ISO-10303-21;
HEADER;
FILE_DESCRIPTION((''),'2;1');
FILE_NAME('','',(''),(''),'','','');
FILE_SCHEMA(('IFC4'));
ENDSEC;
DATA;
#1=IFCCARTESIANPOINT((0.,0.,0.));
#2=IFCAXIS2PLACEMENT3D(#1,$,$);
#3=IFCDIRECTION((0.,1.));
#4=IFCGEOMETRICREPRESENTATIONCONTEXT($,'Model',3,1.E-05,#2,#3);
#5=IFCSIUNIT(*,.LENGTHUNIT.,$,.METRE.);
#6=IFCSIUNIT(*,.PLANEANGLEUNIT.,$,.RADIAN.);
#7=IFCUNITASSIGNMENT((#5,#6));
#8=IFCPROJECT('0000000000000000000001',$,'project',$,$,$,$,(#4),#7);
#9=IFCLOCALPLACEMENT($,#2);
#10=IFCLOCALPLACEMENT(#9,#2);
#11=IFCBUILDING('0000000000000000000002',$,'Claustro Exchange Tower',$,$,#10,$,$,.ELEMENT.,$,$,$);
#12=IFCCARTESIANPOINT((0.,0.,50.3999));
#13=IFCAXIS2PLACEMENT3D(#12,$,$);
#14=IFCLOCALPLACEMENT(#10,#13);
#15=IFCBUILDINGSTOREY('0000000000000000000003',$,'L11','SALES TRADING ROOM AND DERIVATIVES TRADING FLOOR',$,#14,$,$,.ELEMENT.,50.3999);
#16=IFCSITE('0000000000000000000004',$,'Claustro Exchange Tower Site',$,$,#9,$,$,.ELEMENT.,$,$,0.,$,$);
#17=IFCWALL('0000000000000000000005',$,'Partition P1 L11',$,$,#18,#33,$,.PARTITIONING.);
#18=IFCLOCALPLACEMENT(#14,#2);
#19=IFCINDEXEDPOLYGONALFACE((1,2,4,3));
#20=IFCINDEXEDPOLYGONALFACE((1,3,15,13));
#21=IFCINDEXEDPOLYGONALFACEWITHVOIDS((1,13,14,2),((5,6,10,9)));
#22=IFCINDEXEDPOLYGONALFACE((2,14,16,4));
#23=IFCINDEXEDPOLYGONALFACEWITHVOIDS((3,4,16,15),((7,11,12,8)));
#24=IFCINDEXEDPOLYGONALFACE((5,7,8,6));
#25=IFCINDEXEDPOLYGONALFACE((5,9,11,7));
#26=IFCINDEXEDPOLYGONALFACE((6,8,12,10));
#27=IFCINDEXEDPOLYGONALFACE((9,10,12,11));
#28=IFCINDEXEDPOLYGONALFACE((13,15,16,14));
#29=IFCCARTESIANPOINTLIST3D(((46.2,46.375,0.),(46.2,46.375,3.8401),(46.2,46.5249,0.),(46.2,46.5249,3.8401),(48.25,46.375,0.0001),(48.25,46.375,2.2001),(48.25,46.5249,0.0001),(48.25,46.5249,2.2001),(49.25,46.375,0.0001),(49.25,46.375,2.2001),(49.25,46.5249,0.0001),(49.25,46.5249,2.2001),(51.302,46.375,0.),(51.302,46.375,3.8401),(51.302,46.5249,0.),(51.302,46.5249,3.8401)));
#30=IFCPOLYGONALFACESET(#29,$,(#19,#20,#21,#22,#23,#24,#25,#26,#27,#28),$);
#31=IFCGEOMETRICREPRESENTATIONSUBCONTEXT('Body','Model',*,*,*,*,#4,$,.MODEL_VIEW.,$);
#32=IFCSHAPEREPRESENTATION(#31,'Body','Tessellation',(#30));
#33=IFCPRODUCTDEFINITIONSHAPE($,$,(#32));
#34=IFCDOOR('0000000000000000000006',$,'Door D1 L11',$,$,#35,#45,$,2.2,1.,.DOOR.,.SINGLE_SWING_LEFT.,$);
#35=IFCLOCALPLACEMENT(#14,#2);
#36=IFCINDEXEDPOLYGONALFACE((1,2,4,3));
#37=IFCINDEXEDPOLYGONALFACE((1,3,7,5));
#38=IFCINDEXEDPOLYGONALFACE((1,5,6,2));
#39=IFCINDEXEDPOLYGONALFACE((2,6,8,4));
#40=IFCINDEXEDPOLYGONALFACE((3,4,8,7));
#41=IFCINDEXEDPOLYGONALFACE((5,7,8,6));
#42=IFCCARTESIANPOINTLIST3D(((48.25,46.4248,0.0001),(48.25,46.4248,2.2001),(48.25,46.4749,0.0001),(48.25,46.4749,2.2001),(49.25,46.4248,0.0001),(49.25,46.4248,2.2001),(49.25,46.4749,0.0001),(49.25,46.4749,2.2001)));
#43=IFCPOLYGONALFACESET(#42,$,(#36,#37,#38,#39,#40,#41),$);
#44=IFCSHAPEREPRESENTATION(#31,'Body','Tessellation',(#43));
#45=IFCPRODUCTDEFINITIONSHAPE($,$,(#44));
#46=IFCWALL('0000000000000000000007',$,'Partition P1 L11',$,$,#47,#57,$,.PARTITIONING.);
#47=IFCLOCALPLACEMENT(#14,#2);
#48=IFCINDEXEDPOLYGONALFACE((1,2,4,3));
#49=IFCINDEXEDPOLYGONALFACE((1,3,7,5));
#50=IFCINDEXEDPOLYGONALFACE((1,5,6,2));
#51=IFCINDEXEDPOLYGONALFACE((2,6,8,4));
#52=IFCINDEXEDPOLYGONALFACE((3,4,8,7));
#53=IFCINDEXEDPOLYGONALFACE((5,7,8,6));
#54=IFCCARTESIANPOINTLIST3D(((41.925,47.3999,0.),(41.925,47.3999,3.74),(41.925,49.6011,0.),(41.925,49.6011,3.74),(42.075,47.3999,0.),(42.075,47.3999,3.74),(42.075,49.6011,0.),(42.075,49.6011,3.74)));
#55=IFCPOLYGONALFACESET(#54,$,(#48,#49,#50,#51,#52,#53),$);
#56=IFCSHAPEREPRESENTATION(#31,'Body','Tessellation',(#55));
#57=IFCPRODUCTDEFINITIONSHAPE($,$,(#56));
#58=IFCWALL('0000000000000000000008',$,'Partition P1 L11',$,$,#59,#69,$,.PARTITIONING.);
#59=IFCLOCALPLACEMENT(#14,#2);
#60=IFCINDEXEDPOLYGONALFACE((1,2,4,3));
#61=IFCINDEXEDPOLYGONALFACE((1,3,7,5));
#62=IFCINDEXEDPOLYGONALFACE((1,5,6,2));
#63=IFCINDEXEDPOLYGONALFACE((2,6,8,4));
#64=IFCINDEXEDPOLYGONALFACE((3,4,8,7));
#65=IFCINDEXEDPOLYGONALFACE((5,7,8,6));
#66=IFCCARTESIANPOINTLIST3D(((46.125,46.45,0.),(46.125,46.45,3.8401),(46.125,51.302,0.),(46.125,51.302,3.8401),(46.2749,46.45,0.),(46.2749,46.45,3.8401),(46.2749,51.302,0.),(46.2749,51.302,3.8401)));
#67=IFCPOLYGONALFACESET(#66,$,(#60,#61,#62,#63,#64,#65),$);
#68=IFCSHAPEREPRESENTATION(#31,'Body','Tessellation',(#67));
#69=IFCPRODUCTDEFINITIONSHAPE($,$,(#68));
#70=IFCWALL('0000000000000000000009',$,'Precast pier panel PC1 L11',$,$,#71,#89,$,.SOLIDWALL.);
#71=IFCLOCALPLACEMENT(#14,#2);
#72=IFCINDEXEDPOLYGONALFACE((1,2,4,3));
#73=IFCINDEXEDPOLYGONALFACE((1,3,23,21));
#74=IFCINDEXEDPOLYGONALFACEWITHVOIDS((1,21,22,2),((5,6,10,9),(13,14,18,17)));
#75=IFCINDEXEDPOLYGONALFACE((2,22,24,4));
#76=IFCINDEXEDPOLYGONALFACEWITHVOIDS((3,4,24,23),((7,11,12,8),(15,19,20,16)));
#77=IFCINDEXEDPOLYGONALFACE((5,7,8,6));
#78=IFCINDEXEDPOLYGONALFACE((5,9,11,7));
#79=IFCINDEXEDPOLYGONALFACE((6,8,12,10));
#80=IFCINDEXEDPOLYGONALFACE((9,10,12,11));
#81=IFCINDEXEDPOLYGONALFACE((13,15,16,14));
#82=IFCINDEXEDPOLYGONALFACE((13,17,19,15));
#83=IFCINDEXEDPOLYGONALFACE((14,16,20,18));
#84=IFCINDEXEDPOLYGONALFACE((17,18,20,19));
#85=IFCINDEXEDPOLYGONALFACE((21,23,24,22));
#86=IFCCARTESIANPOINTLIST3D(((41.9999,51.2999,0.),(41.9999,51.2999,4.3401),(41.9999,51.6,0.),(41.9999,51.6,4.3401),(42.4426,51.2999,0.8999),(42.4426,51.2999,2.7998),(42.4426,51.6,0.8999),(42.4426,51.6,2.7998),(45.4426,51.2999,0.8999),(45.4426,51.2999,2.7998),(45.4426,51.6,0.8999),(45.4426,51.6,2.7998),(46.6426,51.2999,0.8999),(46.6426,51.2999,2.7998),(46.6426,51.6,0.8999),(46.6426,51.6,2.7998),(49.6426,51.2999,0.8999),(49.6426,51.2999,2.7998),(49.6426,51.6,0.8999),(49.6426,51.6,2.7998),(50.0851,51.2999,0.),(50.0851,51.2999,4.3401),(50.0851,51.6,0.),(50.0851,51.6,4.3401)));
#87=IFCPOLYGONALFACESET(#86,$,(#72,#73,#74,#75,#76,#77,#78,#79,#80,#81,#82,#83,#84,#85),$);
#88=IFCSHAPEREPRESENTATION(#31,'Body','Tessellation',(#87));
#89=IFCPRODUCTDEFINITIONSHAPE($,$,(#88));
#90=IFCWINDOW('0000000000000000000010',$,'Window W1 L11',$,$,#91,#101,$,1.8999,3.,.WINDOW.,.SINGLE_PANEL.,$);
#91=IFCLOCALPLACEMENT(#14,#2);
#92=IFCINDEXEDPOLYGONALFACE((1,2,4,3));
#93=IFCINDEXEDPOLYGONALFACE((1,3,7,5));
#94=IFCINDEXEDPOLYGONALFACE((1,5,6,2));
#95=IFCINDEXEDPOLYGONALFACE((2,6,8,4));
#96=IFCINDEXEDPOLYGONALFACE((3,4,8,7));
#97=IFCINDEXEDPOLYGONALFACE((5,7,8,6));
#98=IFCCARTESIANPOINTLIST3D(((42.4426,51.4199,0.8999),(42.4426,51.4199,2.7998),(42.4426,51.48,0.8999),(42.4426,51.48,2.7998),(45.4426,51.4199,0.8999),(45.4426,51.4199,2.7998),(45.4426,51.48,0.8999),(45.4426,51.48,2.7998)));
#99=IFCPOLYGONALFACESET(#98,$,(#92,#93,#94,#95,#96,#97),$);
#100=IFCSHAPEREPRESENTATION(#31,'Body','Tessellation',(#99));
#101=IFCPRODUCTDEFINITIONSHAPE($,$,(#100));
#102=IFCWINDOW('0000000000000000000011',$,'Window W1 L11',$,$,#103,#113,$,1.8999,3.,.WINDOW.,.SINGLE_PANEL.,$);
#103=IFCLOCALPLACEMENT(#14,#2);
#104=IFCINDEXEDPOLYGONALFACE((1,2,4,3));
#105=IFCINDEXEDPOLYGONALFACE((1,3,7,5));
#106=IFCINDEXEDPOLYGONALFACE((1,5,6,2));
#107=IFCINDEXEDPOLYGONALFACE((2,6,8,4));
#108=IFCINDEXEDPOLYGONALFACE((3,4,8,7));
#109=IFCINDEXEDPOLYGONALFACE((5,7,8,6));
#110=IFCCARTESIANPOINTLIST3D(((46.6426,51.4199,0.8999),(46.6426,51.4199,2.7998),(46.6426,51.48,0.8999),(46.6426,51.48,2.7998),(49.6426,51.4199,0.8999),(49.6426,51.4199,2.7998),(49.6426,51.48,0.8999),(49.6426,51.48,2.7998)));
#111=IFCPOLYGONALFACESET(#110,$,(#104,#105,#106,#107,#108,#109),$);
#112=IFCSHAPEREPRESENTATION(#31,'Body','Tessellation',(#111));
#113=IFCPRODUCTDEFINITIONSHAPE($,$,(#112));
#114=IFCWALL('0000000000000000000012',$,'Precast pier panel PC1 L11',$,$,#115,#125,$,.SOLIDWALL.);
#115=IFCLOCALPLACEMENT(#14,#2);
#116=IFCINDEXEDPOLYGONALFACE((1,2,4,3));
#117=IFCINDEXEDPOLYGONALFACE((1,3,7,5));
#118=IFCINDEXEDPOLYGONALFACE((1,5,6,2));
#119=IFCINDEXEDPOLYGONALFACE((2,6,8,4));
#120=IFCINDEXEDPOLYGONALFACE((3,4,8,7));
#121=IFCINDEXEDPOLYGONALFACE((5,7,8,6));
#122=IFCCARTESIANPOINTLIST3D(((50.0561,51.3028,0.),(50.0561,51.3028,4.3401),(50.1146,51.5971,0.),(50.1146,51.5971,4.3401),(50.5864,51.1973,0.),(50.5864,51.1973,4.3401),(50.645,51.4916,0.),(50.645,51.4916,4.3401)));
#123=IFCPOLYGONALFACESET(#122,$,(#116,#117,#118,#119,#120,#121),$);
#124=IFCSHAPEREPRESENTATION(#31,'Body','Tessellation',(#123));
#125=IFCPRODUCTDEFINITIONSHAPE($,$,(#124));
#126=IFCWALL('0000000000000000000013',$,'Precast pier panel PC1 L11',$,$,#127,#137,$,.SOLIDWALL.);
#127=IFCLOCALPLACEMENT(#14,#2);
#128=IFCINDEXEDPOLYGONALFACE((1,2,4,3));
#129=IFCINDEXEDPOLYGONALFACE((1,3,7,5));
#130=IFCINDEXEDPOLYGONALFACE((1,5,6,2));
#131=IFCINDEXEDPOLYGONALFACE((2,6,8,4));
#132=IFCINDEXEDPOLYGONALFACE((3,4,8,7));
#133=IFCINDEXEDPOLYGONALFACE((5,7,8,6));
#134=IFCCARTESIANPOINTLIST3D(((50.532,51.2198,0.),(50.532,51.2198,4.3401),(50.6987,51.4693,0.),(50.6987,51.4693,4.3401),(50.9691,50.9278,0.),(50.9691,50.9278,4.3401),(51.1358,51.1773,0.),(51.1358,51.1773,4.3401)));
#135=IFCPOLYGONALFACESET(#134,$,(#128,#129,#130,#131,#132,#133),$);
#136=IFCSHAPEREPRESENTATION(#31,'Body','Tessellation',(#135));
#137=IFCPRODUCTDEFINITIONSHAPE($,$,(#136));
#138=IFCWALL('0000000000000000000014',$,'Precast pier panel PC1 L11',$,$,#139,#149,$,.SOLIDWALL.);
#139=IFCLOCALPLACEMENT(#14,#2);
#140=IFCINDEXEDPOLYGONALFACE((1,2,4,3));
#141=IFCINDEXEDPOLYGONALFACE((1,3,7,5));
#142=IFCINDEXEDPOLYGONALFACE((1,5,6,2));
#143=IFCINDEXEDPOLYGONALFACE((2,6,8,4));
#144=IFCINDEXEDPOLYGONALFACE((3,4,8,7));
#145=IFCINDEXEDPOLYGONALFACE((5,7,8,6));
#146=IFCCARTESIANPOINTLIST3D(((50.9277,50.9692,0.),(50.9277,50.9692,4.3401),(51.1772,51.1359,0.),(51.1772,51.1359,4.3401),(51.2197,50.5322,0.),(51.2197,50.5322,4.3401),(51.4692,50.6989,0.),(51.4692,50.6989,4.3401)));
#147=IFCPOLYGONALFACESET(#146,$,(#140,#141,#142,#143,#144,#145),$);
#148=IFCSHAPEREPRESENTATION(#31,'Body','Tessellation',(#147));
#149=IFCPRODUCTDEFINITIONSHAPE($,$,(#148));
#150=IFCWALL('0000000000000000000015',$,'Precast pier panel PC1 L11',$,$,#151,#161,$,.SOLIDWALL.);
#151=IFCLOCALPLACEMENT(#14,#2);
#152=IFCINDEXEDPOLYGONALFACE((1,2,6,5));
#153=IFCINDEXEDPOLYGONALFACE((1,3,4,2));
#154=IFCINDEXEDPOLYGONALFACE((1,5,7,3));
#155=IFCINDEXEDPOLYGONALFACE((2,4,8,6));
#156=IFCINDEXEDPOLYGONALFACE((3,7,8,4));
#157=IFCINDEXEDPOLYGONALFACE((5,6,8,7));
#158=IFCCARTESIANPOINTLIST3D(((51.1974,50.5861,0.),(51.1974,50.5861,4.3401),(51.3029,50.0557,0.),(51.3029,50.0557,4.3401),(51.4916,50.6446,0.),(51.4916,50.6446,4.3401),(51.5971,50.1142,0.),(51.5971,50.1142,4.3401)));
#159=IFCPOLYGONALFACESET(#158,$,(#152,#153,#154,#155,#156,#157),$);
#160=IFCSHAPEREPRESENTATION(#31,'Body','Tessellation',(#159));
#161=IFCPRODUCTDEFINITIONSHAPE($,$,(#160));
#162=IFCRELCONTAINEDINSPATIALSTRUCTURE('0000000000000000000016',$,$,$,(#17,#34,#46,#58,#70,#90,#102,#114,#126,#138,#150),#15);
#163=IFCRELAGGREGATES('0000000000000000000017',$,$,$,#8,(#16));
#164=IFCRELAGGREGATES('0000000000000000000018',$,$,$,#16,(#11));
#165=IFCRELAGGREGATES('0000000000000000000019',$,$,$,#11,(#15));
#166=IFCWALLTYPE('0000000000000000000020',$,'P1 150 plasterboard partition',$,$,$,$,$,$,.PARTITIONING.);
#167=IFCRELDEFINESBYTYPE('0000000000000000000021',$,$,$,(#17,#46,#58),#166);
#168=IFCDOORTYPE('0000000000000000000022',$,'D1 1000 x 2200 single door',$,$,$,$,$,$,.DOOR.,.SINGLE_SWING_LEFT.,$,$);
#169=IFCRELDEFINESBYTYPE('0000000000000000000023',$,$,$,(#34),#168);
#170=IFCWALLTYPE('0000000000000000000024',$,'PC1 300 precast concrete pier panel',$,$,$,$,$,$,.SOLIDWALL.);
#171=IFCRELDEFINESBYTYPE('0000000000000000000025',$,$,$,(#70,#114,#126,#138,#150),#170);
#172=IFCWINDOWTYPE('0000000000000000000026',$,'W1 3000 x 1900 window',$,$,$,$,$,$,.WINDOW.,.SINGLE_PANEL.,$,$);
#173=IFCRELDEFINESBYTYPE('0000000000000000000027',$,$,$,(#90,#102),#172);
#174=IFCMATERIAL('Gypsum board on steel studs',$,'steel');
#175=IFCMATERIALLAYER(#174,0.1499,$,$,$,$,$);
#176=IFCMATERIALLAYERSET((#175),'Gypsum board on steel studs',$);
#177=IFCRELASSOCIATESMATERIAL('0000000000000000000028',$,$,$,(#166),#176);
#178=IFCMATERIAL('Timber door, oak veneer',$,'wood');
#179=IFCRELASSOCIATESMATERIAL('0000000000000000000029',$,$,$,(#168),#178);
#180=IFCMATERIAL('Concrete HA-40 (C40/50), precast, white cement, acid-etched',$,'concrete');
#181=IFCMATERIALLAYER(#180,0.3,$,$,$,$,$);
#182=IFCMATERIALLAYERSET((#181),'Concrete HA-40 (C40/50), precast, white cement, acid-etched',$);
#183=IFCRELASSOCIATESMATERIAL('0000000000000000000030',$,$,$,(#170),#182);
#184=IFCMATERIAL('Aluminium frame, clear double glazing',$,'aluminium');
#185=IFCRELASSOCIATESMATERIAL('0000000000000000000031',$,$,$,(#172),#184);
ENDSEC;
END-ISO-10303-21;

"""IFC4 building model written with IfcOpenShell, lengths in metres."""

from ifc_helpers import new_model, si_unit, direction, frame, frame_2d, origin, place, context, subcontext, project, spatial, rectangle, extrude, material, layer, layer_set, type_object, element, fill, save


model = new_model("IFC4")

# Units and contexts
model_context = context("Model", 3, precision=1e-05, world=origin(), true_north=direction((0.0, 1.0)))
body_context = subcontext(model_context, "Body", "Model", "MODEL_VIEW")
ifc_project = project(units=[si_unit("LENGTHUNIT", "METRE"), si_unit("PLANEANGLEUNIT", "RADIAN")], contexts=[model_context])

# Site, building, storey
site_placement = place(None, origin())
site = spatial("IfcSite", under=ifc_project, at=site_placement, Name="Claustro Exchange Tower Site", CompositionType="ELEMENT", RefElevation=0.0)
building_placement = place(site_placement, origin())
building = spatial("IfcBuilding", under=site, at=building_placement, Name="Claustro Exchange Tower", CompositionType="ELEMENT")
storey_placement = place(building_placement, frame((0.0, 0.0, 50.3999)))
storey = spatial("IfcBuildingStorey", under=building, at=storey_placement, Name="L11", Description="SALES TRADING ROOM AND DERIVATIVES TRADING FLOOR", CompositionType="ELEMENT", Elevation=50.3999)

# Wall, opening, door
ifc_material_1 = material(Name="Gypsum board on steel studs", Category="steel")
ifc_layer_1 = layer(ifc_material_1, 0.1499)
ifc_layer_set_1 = layer_set([ifc_layer_1], Name="Gypsum board on steel studs")
wall_type_1 = type_object("IfcWallType", Name="P1 150 plasterboard partition", PredefinedType="PARTITIONING", material=ifc_layer_set_1)
ifc_material_2 = material(Name="Timber door, oak veneer", Category="wood")
door_type = type_object("IfcDoorType", Name="D1 1000 x 2200 single door", OperationType="SINGLE_SWING_LEFT", PredefinedType="DOOR", material=ifc_material_2)
wall_1_placement = place(storey_placement, frame((46.2, 46.45, 0.0), z_axis=(0.0, 0.0, 1.0), x_axis=(1.0, 0.0, 0.0)))
wall_1 = element("IfcWall", 1, at=wall_1_placement, inside=storey, type_object=wall_type_1, Name="Partition P1 L11", PredefinedType="PARTITIONING", context=body_context, shape_type="SweptSolid", body=[
    extrude(rectangle(XDim=5.1021, YDim=0.1499, at=frame_2d((2.551, 0.0))), origin(), (0.0, 0.0, 1.0), 3.8401),
])
opening_1_placement = place(wall_1_placement, frame((2.05, 0.0, 0.0)))
opening_1 = element("IfcOpeningElement", 2, at=opening_1_placement, cuts=wall_1, PredefinedType="OPENING", context=body_context, shape_type="SweptSolid", body=[
    extrude(rectangle(XDim=1.0, YDim=2.2, at=frame_2d((0.5, 1.1001))), frame((0.0, 0.085, 0.0), z_axis=(0.0, -1.0, 0.0), x_axis=(1.0, 0.0, 0.0)), (0.0, 0.0, 1.0), 0.1699),
])
door_1_placement = place(opening_1_placement, origin())
door_1 = element("IfcDoor", 3, at=door_1_placement, inside=storey, type_object=door_type, Name="Door D1 L11", OperationType="SINGLE_SWING_LEFT", OverallHeight=2.2, OverallWidth=1.0, PredefinedType="DOOR", context=body_context, shape_type="SweptSolid", body=[
    extrude(rectangle(XDim=1.0, YDim=2.2, at=frame_2d((0.5, 1.1001))), frame((0.0, 0.0249, 0.0), z_axis=(0.0, -1.0, 0.0), x_axis=(1.0, 0.0, 0.0)), (0.0, 0.0, 1.0), 0.05),
])
fill(opening_1, door_1)

# Walls
wall_2_placement = place(storey_placement, frame((42.0, 47.3999, 0.0), z_axis=(0.0, 0.0, 1.0), x_axis=(0.0, 1.0, 0.0)))
element("IfcWall", 4, at=wall_2_placement, inside=storey, type_object=wall_type_1, Name="Partition P1 L11", PredefinedType="PARTITIONING", context=body_context, shape_type="SweptSolid", body=[
    extrude(rectangle(XDim=2.2012, YDim=0.1499, at=frame_2d((1.1006, 0.0))), origin(), (0.0, 0.0, 1.0), 3.74),
])
wall_3_placement = place(storey_placement, frame((46.2, 46.45, 0.0), z_axis=(0.0, 0.0, 1.0), x_axis=(0.0, 1.0, 0.0)))
element("IfcWall", 5, at=wall_3_placement, inside=storey, type_object=wall_type_1, Name="Partition P1 L11", PredefinedType="PARTITIONING", context=body_context, shape_type="SweptSolid", body=[
    extrude(rectangle(XDim=4.8521, YDim=0.1499, at=frame_2d((2.426, 0.0))), origin(), (0.0, 0.0, 1.0), 3.8401),
])

# Wall, openings, windows
ifc_material_3 = material(Name="Concrete HA-40 (C40/50), precast, white cement, acid-etched", Category="concrete")
ifc_layer_2 = layer(ifc_material_3, 0.3)
ifc_layer_set_2 = layer_set([ifc_layer_2], Name="Concrete HA-40 (C40/50), precast, white cement, acid-etched")
wall_type_2 = type_object("IfcWallType", Name="PC1 300 precast concrete pier panel", PredefinedType="SOLIDWALL", material=ifc_layer_set_2)
wall_4_placement = place(storey_placement, frame((42.0, 51.45, 0.0), z_axis=(0.0, 0.0, 1.0), x_axis=(1.0, 0.0, 0.0)))
wall_4 = element("IfcWall", 6, at=wall_4_placement, inside=storey, type_object=wall_type_2, Name="Precast pier panel PC1 L11", PredefinedType="SOLIDWALL", context=body_context, shape_type="SweptSolid", body=[
    extrude(rectangle(XDim=8.0852, YDim=0.3, at=frame_2d((4.0425, 0.0))), origin(), (0.0, 0.0, 1.0), 4.3401),
])
opening_2_placement = place(wall_4_placement, frame((0.4426, 0.0, 0.8999)))
opening_2 = element("IfcOpeningElement", 7, at=opening_2_placement, cuts=wall_4, PredefinedType="OPENING", context=body_context, shape_type="SweptSolid", body=[
    extrude(rectangle(XDim=3.0, YDim=1.8999, at=frame_2d((1.5, 0.95))), frame((0.0, 0.1599, 0.0), z_axis=(0.0, -1.0, 0.0), x_axis=(1.0, 0.0, 0.0)), (0.0, 0.0, 1.0), 0.3201),
])
opening_3_placement = place(wall_4_placement, frame((4.6426, 0.0, 0.8999)))
opening_3 = element("IfcOpeningElement", 8, at=opening_3_placement, cuts=wall_4, PredefinedType="OPENING", context=body_context, shape_type="SweptSolid", body=[
    extrude(rectangle(XDim=3.0, YDim=1.8999, at=frame_2d((1.5, 0.95))), frame((0.0, 0.1599, 0.0), z_axis=(0.0, -1.0, 0.0), x_axis=(1.0, 0.0, 0.0)), (0.0, 0.0, 1.0), 0.3201),
])
ifc_material_4 = material(Name="Aluminium frame, clear double glazing", Category="aluminium")
window_type_1 = type_object("IfcWindowType", Name="W1 3000 x 1900 window", PartitioningType="SINGLE_PANEL", PredefinedType="WINDOW", material=ifc_material_4)
window_1_placement = place(opening_2_placement, origin())
window_1 = element("IfcWindow", 9, at=window_1_placement, inside=storey, type_object=window_type_1, Name="Window W1 L11", OverallHeight=1.8999, OverallWidth=3.0, PartitioningType="SINGLE_PANEL", PredefinedType="WINDOW", context=body_context, shape_type="SweptSolid", body=[
    extrude(rectangle(XDim=3.0, YDim=1.8999, at=frame_2d((1.5, 0.95))), frame((0.0, 0.03, 0.0), z_axis=(0.0, -1.0, 0.0), x_axis=(1.0, 0.0, 0.0)), (0.0, 0.0, 1.0), 0.0601),
])
fill(opening_2, window_1)
window_2_placement = place(opening_3_placement, origin())
window_2 = element("IfcWindow", 10, at=window_2_placement, inside=storey, type_object=window_type_1, Name="Window W1 L11", OverallHeight=1.8999, OverallWidth=3.0, PartitioningType="SINGLE_PANEL", PredefinedType="WINDOW", context=body_context, shape_type="SweptSolid", body=[
    extrude(rectangle(XDim=3.0, YDim=1.8999, at=frame_2d((1.5, 0.95))), frame((0.0, 0.03, 0.0), z_axis=(0.0, -1.0, 0.0), x_axis=(1.0, 0.0, 0.0)), (0.0, 0.0, 1.0), 0.0601),
])
fill(opening_3, window_2)

# Walls
wall_5_placement = place(storey_placement, frame((50.0852, 51.45, 0.0), z_axis=(0.0, 0.0, 1.0), x_axis=(0.980789, -0.195074, 0.0)))
element("IfcWall", 11, at=wall_5_placement, inside=storey, type_object=wall_type_2, Name="Precast pier panel PC1 L11", PredefinedType="SOLIDWALL", context=body_context, shape_type="SweptSolid", body=[
    extrude(rectangle(XDim=0.5408, YDim=0.3, at=frame_2d((0.2705, 0.0))), origin(), (0.0, 0.0, 1.0), 4.3401),
])
for number, where, z_axis, x_axis, name in (
    (12, (50.6155, 51.3445, 0.0), (0.0, 0.0, 1.0), (0.831478, -0.555557, 0.0), "Precast pier panel PC1 L11"),
    (13, (51.0525, 51.0525, 0.0), (0.0, 0.0, 1.0), (0.555557, -0.831478, 0.0), "Precast pier panel PC1 L11"),
):
    element("IfcWall", number, at=place(storey_placement, frame(where, z_axis=z_axis, x_axis=x_axis)), inside=storey, type_object=wall_type_2, Name=name, PredefinedType="SOLIDWALL", context=body_context, shape_type="SweptSolid", body=[
        extrude(rectangle(XDim=0.5256, YDim=0.3, at=frame_2d((0.2627, 0.0))), origin(), (0.0, 0.0, 1.0), 4.3401),
    ])
wall_6_placement = place(storey_placement, frame((51.3445, 50.6155, 0.0), z_axis=(0.0, 0.0, 1.0), x_axis=(0.195074, -0.980789, 0.0)))
element("IfcWall", 14, at=wall_6_placement, inside=storey, type_object=wall_type_2, Name="Precast pier panel PC1 L11", PredefinedType="SOLIDWALL", context=body_context, shape_type="SweptSolid", body=[
    extrude(rectangle(XDim=0.5408, YDim=0.3, at=frame_2d((0.2705, 0.0))), origin(), (0.0, 0.0, 1.0), 4.3401),
])

save(model, "model.ifc")
